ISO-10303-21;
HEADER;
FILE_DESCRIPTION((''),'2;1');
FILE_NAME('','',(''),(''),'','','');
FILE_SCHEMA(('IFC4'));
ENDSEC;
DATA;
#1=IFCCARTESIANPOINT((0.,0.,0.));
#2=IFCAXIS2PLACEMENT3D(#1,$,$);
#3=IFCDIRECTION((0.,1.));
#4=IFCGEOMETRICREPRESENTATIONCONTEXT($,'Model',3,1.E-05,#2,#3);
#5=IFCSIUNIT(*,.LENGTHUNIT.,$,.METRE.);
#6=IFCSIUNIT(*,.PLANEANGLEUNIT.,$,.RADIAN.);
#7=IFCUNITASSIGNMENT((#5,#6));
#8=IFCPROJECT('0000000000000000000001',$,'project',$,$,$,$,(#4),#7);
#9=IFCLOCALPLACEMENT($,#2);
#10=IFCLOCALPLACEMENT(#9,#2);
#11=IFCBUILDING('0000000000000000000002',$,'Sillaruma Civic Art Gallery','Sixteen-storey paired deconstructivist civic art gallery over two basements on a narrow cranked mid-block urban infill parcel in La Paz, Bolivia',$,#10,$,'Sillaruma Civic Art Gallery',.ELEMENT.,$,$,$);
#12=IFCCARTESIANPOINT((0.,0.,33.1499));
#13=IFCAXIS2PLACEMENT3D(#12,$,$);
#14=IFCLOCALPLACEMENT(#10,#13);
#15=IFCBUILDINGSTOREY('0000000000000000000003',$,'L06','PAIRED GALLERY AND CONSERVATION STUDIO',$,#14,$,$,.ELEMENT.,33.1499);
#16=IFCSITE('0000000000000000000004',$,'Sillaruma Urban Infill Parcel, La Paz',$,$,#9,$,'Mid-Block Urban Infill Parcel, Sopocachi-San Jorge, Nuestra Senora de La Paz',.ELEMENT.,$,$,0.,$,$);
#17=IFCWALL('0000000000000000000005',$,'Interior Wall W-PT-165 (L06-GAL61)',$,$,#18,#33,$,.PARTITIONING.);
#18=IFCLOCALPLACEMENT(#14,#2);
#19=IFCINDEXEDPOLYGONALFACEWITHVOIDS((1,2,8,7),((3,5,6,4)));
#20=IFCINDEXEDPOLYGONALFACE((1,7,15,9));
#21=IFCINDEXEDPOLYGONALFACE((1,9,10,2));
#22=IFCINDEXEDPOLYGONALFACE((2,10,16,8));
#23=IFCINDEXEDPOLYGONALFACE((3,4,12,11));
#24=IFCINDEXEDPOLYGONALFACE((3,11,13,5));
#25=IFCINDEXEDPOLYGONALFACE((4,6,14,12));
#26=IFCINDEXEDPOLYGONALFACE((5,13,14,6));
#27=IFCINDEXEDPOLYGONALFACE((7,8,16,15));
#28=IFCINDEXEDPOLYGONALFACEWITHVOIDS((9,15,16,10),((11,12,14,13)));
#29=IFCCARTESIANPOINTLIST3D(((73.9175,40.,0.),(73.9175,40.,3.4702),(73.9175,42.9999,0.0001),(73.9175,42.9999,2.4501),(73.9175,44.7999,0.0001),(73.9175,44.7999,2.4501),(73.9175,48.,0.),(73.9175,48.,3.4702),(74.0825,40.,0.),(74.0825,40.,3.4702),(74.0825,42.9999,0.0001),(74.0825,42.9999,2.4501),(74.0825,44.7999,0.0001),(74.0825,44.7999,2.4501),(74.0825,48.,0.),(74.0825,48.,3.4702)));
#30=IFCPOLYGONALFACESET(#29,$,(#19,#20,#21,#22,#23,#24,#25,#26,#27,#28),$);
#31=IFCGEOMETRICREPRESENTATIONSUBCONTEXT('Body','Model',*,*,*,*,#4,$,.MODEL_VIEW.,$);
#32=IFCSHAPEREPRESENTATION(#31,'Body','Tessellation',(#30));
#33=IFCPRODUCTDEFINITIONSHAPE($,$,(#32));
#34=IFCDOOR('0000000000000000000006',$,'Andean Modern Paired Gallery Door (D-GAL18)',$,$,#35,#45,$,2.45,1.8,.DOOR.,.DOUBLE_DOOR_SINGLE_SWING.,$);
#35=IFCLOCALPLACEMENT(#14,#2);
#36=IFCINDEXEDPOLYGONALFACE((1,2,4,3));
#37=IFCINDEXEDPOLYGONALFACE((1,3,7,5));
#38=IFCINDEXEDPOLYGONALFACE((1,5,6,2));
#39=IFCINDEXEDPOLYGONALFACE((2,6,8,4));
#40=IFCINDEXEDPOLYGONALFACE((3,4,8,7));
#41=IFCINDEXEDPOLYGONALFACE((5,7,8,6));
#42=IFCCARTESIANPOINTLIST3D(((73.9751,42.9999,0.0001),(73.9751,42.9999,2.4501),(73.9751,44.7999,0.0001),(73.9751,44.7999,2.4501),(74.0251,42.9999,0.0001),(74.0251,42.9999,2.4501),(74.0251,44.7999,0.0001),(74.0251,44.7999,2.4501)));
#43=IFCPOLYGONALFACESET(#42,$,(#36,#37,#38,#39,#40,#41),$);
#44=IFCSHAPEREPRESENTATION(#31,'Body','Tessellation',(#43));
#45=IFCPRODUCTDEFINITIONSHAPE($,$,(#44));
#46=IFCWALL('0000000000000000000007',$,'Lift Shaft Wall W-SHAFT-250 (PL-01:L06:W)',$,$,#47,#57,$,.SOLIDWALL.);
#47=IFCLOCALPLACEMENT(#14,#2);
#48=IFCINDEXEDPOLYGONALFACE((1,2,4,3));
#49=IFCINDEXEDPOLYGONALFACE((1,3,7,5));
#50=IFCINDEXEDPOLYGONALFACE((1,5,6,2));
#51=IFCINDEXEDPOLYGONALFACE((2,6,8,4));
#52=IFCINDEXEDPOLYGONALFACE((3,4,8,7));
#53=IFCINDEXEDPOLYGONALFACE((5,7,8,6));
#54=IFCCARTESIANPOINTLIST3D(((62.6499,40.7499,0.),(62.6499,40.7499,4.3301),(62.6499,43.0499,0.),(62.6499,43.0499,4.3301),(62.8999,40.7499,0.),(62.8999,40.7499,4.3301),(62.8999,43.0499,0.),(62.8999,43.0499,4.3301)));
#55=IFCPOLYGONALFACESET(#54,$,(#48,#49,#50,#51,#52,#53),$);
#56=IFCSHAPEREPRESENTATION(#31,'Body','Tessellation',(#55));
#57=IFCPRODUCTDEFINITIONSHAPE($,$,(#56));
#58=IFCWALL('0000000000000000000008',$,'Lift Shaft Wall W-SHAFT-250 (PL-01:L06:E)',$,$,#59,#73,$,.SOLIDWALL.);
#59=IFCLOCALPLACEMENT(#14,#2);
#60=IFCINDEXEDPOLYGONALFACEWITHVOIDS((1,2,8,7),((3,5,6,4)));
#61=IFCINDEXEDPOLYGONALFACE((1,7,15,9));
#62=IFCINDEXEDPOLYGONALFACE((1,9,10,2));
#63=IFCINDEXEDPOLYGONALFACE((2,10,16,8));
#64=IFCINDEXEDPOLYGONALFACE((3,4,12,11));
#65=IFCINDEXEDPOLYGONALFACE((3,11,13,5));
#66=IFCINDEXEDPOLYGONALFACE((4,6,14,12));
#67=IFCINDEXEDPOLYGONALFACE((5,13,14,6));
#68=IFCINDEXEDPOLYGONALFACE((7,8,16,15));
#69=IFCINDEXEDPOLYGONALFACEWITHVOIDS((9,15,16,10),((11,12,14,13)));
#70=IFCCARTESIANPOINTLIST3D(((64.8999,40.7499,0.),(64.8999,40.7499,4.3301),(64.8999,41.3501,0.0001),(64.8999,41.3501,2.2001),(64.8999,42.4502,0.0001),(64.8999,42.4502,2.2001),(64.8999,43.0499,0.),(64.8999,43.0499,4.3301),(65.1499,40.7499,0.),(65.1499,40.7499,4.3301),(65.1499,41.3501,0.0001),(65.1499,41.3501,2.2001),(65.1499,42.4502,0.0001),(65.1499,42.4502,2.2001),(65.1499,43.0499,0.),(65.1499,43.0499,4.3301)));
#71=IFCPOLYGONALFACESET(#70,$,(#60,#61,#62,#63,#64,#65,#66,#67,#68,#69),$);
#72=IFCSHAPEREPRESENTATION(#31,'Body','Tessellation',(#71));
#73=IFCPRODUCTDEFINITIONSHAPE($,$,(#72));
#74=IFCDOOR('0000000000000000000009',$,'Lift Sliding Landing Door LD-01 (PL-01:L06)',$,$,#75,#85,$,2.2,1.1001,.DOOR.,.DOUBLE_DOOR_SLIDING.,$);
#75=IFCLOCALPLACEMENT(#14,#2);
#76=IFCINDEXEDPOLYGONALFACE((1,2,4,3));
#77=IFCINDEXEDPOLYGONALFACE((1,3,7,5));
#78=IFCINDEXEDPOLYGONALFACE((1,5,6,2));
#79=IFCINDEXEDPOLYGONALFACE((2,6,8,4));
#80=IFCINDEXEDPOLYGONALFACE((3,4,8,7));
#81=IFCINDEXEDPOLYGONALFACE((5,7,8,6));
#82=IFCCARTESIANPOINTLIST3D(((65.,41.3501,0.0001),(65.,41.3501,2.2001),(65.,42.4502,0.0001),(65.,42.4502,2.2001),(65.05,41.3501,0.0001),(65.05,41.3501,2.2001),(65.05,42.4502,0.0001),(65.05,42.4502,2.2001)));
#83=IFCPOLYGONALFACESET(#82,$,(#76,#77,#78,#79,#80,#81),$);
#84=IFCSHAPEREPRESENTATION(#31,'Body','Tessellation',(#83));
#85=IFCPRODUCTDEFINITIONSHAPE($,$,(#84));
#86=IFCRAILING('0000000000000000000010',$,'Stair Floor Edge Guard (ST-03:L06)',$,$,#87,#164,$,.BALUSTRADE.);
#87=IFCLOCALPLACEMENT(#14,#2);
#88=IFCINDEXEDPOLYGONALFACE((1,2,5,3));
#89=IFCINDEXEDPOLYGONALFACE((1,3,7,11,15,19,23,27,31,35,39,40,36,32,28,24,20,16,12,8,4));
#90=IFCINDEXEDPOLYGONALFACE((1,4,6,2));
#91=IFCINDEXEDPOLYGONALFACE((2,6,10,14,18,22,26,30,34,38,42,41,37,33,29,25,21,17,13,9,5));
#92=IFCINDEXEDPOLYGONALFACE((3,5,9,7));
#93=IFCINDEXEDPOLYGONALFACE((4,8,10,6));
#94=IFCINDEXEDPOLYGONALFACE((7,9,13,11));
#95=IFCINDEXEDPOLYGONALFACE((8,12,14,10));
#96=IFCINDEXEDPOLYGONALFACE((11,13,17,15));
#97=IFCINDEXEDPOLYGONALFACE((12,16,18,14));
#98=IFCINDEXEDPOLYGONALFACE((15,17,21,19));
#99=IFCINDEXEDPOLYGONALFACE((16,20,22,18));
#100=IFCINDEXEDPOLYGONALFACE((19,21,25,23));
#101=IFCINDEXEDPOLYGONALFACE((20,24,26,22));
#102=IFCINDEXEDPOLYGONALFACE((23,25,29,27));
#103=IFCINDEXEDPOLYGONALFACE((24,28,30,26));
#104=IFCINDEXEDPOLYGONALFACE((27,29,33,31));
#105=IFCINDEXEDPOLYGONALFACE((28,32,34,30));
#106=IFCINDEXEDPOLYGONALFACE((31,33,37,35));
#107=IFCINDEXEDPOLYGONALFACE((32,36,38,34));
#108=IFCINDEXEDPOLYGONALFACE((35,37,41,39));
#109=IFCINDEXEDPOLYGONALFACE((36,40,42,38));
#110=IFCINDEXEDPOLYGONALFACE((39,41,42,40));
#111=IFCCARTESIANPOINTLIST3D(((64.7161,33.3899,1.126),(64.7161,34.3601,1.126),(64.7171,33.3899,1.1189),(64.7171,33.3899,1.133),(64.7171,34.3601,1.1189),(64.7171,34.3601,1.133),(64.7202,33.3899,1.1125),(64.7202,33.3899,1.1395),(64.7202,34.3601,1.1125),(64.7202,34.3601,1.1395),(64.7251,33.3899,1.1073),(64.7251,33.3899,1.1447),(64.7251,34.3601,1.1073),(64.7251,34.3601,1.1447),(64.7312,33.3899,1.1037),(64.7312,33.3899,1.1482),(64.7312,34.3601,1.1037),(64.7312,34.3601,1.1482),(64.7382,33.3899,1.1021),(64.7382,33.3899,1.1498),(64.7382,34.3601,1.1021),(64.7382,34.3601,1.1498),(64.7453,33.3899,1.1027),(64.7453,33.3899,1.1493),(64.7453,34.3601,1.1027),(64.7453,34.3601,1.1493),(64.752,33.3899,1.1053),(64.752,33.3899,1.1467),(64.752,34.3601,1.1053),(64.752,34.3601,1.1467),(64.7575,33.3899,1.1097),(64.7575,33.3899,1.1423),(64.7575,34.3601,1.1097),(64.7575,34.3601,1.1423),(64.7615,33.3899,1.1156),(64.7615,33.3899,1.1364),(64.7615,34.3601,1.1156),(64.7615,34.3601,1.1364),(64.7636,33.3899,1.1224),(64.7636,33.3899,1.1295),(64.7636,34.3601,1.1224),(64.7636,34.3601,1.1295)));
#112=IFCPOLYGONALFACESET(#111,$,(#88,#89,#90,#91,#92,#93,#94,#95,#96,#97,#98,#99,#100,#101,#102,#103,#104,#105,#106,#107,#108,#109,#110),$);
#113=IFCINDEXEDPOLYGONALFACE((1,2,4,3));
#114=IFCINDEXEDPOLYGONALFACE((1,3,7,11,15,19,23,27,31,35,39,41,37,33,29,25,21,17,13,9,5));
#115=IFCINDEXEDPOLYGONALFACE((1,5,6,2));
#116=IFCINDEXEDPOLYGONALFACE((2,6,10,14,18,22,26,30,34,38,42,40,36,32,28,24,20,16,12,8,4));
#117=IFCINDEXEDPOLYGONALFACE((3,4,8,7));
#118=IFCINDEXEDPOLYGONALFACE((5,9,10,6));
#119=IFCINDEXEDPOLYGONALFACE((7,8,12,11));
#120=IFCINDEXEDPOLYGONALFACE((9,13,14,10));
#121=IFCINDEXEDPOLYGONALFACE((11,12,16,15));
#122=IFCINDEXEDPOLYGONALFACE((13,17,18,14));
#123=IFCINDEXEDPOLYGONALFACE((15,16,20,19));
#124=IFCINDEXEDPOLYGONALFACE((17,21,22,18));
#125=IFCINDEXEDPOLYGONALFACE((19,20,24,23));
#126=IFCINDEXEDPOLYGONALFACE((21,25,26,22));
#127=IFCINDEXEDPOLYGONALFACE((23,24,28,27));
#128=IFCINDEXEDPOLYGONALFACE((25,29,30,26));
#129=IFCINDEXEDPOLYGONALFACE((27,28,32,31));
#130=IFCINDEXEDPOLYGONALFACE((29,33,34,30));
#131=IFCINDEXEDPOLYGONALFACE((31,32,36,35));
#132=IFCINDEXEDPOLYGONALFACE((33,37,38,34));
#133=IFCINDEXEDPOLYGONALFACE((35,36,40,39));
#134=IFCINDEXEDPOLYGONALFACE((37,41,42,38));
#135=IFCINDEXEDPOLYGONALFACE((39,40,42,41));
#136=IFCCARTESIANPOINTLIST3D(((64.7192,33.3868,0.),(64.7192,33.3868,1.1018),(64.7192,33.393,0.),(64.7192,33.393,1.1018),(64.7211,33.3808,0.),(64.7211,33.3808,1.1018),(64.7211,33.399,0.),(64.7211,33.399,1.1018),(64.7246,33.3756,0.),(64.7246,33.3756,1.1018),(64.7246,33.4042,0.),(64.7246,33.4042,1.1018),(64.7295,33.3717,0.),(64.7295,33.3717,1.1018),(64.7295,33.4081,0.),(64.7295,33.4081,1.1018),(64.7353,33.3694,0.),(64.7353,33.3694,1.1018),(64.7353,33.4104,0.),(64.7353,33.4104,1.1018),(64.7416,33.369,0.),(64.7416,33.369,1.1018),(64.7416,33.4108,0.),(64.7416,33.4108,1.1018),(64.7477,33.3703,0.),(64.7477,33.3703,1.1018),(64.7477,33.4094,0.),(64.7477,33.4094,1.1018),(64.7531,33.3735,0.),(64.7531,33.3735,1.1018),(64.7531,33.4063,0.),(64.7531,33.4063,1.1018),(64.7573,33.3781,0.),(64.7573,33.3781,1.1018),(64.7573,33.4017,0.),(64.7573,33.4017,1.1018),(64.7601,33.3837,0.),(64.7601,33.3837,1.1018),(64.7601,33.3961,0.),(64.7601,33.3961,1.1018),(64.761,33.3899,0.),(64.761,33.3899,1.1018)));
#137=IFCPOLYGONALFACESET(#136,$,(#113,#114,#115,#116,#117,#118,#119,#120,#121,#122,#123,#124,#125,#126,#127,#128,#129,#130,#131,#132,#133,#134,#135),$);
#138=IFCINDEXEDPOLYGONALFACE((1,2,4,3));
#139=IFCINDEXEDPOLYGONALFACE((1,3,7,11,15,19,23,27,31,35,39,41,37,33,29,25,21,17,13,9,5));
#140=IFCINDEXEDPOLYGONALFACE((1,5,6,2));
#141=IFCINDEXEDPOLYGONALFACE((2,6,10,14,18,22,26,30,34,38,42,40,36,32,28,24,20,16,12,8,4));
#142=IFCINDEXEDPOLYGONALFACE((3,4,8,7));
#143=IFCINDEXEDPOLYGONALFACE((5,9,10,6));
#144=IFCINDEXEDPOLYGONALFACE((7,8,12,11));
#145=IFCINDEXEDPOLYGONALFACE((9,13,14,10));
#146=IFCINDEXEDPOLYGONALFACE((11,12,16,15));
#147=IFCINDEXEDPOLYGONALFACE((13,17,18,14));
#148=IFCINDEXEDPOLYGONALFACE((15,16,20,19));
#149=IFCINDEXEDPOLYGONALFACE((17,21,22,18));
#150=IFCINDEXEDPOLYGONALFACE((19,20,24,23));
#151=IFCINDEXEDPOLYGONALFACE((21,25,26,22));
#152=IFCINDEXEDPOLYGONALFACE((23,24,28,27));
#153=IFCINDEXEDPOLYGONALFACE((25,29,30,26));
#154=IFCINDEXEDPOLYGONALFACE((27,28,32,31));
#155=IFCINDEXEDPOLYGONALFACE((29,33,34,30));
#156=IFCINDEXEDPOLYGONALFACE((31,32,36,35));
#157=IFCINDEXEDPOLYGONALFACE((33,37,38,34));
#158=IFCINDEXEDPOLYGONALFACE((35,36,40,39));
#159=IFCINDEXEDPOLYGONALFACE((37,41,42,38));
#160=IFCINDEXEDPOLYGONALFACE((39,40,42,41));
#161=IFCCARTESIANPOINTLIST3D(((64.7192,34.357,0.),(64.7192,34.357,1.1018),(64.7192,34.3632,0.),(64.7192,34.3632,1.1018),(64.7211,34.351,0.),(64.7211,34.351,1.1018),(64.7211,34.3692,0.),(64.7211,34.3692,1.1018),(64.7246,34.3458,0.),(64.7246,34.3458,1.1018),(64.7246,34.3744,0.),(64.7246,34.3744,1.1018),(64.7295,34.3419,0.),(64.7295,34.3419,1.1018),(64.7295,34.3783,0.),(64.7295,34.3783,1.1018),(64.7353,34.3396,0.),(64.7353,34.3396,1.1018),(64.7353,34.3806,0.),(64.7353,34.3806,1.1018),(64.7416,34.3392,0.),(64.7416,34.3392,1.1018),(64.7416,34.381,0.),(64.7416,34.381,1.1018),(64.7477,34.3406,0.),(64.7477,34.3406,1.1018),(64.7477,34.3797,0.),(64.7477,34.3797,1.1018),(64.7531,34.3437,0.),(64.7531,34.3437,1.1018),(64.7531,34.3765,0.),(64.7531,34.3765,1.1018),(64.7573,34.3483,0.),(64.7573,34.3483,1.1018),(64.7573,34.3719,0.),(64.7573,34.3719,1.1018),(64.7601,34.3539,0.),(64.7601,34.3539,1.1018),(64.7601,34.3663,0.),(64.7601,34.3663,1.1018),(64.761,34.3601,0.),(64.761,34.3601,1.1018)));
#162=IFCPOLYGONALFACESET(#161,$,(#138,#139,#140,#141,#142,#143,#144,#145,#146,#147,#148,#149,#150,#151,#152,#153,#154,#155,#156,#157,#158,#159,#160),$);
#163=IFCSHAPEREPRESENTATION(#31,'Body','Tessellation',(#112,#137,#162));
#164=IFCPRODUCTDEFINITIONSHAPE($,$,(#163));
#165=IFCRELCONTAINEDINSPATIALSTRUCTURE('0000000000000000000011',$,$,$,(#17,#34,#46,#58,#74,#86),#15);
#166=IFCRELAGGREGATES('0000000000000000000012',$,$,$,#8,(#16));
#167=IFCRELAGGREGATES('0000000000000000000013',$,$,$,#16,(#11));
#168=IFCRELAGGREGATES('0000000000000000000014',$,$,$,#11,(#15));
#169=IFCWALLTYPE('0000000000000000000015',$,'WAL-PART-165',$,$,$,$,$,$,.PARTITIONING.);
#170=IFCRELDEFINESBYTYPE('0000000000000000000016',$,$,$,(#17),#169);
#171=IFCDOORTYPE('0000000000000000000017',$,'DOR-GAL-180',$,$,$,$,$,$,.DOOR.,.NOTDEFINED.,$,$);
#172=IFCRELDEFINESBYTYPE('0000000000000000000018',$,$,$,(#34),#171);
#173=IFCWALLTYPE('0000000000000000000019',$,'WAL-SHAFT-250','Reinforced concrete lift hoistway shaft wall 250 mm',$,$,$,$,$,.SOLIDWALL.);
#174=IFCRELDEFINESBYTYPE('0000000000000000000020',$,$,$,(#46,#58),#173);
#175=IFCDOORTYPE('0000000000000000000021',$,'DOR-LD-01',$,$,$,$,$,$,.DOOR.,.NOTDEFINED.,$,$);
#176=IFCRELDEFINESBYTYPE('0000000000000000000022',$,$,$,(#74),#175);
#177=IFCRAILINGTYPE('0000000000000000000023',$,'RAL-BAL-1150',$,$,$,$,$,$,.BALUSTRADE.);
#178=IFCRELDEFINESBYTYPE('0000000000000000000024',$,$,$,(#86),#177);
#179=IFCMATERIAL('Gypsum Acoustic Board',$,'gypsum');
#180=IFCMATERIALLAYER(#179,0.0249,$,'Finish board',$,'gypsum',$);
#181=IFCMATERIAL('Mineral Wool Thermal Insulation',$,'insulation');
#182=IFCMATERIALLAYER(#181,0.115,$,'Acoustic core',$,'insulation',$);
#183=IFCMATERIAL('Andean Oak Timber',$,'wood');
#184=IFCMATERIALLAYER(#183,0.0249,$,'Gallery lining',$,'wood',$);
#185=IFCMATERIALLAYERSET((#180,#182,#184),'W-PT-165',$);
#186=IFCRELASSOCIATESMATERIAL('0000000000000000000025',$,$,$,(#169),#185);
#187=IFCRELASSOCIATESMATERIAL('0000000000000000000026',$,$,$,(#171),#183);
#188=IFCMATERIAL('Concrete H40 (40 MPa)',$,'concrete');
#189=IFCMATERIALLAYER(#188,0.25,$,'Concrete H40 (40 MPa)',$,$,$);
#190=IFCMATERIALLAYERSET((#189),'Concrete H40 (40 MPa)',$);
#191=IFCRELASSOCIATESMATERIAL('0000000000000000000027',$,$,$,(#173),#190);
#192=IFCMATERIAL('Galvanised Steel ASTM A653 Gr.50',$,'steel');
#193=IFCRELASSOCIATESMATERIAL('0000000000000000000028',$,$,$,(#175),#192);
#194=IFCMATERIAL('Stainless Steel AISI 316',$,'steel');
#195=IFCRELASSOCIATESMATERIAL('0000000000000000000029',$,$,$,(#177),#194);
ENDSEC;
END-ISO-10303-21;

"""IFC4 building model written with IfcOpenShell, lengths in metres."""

from ifc_helpers import new_model, si_unit, direction, frame, frame_2d, origin, origin_2d, place, context, subcontext, project, spatial, rectangle, circle, extrude, material, layer, layer_set, type_object, element, fill, save


model = new_model("IFC4")

# Units and contexts
model_context = context("Model", 3, precision=1e-05, world=origin(), true_north=direction((0.0, 1.0)))
body_context = subcontext(model_context, "Body", "Model", "MODEL_VIEW")
ifc_project = project(units=[si_unit("LENGTHUNIT", "METRE"), si_unit("PLANEANGLEUNIT", "RADIAN")], contexts=[model_context])

# Site, building, storey
site_placement = place(None, origin())
site = spatial("IfcSite", under=ifc_project, at=site_placement, Name="Sillaruma Urban Infill Parcel, La Paz", LongName="Mid-Block Urban Infill Parcel, Sopocachi-San Jorge, Nuestra Senora de La Paz", CompositionType="ELEMENT", RefElevation=0.0)
building_placement = place(site_placement, origin())
building = spatial("IfcBuilding", under=site, at=building_placement, Name="Sillaruma Civic Art Gallery", Description="Sixteen-storey paired deconstructivist civic art gallery over two basements on a narrow cranked mid-block urban infill parcel in La Paz, Bolivia", LongName="Sillaruma Civic Art Gallery", CompositionType="ELEMENT")
storey_placement = place(building_placement, frame((0.0, 0.0, 33.1499)))
storey = spatial("IfcBuildingStorey", under=building, at=storey_placement, Name="L06", Description="PAIRED GALLERY AND CONSERVATION STUDIO", CompositionType="ELEMENT", Elevation=33.1499)

# Shared definitions
ifc_material_1 = material(Name="Concrete H40 (40 MPa)", Category="concrete")

# Wall, opening, door
ifc_material_2 = material(Name="Gypsum Acoustic Board", Category="gypsum")
ifc_layer_1 = layer(ifc_material_2, 0.0249, Name="Finish board", Category="gypsum")
ifc_material_3 = material(Name="Mineral Wool Thermal Insulation", Category="insulation")
ifc_layer_2 = layer(ifc_material_3, 0.115, Name="Acoustic core", Category="insulation")
ifc_material_4 = material(Name="Andean Oak Timber", Category="wood")
ifc_layer_3 = layer(ifc_material_4, 0.0249, Name="Gallery lining", Category="wood")
ifc_layer_set_1 = layer_set([ifc_layer_1, ifc_layer_2, ifc_layer_3], Name="W-PT-165")
wall_type_1 = type_object("IfcWallType", Name="WAL-PART-165", PredefinedType="PARTITIONING", material=ifc_layer_set_1)
wall_1_placement = place(storey_placement, frame((74.0, 40.0, 0.0), z_axis=(0.0, 0.0, 1.0), x_axis=(0.0, 1.0, 0.0)))
wall_1 = element("IfcWall", 1, at=wall_1_placement, inside=storey, type_object=wall_type_1, Name="Interior Wall W-PT-165 (L06-GAL61)", PredefinedType="PARTITIONING", context=body_context, shape_type="SweptSolid", body=[
    extrude(rectangle(XDim=8.0, YDim=0.165, at=frame_2d((4.0, 0.0))), origin(), (0.0, 0.0, 1.0), 3.4702),
])
opening_1_placement = place(wall_1_placement, frame((3.0, 0.0, 0.0)))
opening_1 = element("IfcOpeningElement", 2, at=opening_1_placement, cuts=wall_1, PredefinedType="OPENING", context=body_context, shape_type="SweptSolid", body=[
    extrude(rectangle(XDim=1.8, YDim=2.45, at=frame_2d((0.8999, 1.2251))), frame((0.0, 0.0925, 0.0), z_axis=(0.0, -1.0, 0.0), x_axis=(1.0, 0.0, 0.0)), (0.0, 0.0, 1.0), 0.1851),
])
door_type_1 = type_object("IfcDoorType", Name="DOR-GAL-180", OperationType="NOTDEFINED", PredefinedType="DOOR", material=ifc_material_4)
door_1_placement = place(opening_1_placement, origin())
door_1 = element("IfcDoor", 3, at=door_1_placement, inside=storey, type_object=door_type_1, Name="Andean Modern Paired Gallery Door (D-GAL18)", OperationType="DOUBLE_DOOR_SINGLE_SWING", OverallHeight=2.45, OverallWidth=1.8, PredefinedType="DOOR", context=body_context, shape_type="SweptSolid", body=[
    extrude(rectangle(XDim=1.8, YDim=2.45, at=frame_2d((0.8999, 1.2251))), frame((0.0, 0.0249, 0.0), z_axis=(0.0, -1.0, 0.0), x_axis=(1.0, 0.0, 0.0)), (0.0, 0.0, 1.0), 0.05),
])
fill(opening_1, door_1)

# Wall
ifc_layer_4 = layer(ifc_material_1, 0.25, Name="Concrete H40 (40 MPa)")
ifc_layer_set_2 = layer_set([ifc_layer_4], Name="Concrete H40 (40 MPa)")
wall_type_2 = type_object("IfcWallType", Name="WAL-SHAFT-250", Description="Reinforced concrete lift hoistway shaft wall 250 mm", PredefinedType="SOLIDWALL", material=ifc_layer_set_2)
wall_2_placement = place(storey_placement, frame((62.7749, 40.75, 0.0), z_axis=(0.0, 0.0, 1.0), x_axis=(0.0, 1.0, 0.0)))
element("IfcWall", 4, at=wall_2_placement, inside=storey, type_object=wall_type_2, Name="Lift Shaft Wall W-SHAFT-250 (PL-01:L06:W)", PredefinedType="SOLIDWALL", context=body_context, shape_type="SweptSolid", body=[
    extrude(rectangle(XDim=2.3, YDim=0.25, at=frame_2d((1.1499, 0.0))), origin(), (0.0, 0.0, 1.0), 4.3301),
])

# Wall, opening, door
wall_3_placement = place(storey_placement, frame((65.0249, 40.75, 0.0), z_axis=(0.0, 0.0, 1.0), x_axis=(0.0, 1.0, 0.0)))
wall_3 = element("IfcWall", 5, at=wall_3_placement, inside=storey, type_object=wall_type_2, Name="Lift Shaft Wall W-SHAFT-250 (PL-01:L06:E)", PredefinedType="SOLIDWALL", context=body_context, shape_type="SweptSolid", body=[
    extrude(rectangle(XDim=2.3, YDim=0.25, at=frame_2d((1.1499, 0.0))), origin(), (0.0, 0.0, 1.0), 4.3301),
])
opening_2_placement = place(wall_3_placement, frame((0.6001, 0.0, 0.0)))
opening_2 = element("IfcOpeningElement", 6, at=opening_2_placement, cuts=wall_3, PredefinedType="OPENING", context=body_context, shape_type="SweptSolid", body=[
    extrude(rectangle(XDim=1.1001, YDim=2.2, at=frame_2d((0.55, 1.1001))), frame((0.0, 0.135, 0.0), z_axis=(0.0, -1.0, 0.0), x_axis=(1.0, 0.0, 0.0)), (0.0, 0.0, 1.0), 0.27),
])
ifc_material_5 = material(Name="Galvanised Steel ASTM A653 Gr.50", Category="steel")
door_type_2 = type_object("IfcDoorType", Name="DOR-LD-01", OperationType="NOTDEFINED", PredefinedType="DOOR", material=ifc_material_5)
door_2_placement = place(opening_2_placement, origin())
door_2 = element("IfcDoor", 7, at=door_2_placement, inside=storey, type_object=door_type_2, Name="Lift Sliding Landing Door LD-01 (PL-01:L06)", OperationType="DOUBLE_DOOR_SLIDING", OverallHeight=2.2, OverallWidth=1.1001, PredefinedType="DOOR", context=body_context, shape_type="SweptSolid", body=[
    extrude(rectangle(XDim=1.1001, YDim=2.2, at=frame_2d((0.55, 1.1001))), frame((0.0, 0.0249, 0.0), z_axis=(0.0, -1.0, 0.0), x_axis=(1.0, 0.0, 0.0)), (0.0, 0.0, 1.0), 0.05),
])
fill(opening_2, door_2)

# Railing
ifc_material_6 = material(Name="Stainless Steel AISI 316", Category="steel")
railing_type_1 = type_object("IfcRailingType", Name="RAL-BAL-1150", PredefinedType="BALUSTRADE", material=ifc_material_6)
railing_1_placement = place(storey_placement, frame((64.74, 33.3899, 0.0)))
element("IfcRailing", 8, at=railing_1_placement, inside=storey, type_object=railing_type_1, Name="Stair Floor Edge Guard (ST-03:L06)", PredefinedType="BALUSTRADE", context=body_context, shape_type="SweptSolid", body=[
    extrude(circle(Radius=0.0239, at=origin_2d()), frame((0.0, 0.0, 1.126), z_axis=(0.0, 1.0, 0.0), x_axis=(-1.0, 0.0, 0.0)), (0.0, 0.0, 1.0), 0.9702),
    extrude(circle(Radius=0.021, at=origin_2d()), origin(), (0.0, 0.0, 1.0), 1.1018),
    extrude(circle(Radius=0.021, at=origin_2d()), frame((0.0, 0.9702, 0.0)), (0.0, 0.0, 1.0), 1.1018),
])

save(model, "model.ifc")
